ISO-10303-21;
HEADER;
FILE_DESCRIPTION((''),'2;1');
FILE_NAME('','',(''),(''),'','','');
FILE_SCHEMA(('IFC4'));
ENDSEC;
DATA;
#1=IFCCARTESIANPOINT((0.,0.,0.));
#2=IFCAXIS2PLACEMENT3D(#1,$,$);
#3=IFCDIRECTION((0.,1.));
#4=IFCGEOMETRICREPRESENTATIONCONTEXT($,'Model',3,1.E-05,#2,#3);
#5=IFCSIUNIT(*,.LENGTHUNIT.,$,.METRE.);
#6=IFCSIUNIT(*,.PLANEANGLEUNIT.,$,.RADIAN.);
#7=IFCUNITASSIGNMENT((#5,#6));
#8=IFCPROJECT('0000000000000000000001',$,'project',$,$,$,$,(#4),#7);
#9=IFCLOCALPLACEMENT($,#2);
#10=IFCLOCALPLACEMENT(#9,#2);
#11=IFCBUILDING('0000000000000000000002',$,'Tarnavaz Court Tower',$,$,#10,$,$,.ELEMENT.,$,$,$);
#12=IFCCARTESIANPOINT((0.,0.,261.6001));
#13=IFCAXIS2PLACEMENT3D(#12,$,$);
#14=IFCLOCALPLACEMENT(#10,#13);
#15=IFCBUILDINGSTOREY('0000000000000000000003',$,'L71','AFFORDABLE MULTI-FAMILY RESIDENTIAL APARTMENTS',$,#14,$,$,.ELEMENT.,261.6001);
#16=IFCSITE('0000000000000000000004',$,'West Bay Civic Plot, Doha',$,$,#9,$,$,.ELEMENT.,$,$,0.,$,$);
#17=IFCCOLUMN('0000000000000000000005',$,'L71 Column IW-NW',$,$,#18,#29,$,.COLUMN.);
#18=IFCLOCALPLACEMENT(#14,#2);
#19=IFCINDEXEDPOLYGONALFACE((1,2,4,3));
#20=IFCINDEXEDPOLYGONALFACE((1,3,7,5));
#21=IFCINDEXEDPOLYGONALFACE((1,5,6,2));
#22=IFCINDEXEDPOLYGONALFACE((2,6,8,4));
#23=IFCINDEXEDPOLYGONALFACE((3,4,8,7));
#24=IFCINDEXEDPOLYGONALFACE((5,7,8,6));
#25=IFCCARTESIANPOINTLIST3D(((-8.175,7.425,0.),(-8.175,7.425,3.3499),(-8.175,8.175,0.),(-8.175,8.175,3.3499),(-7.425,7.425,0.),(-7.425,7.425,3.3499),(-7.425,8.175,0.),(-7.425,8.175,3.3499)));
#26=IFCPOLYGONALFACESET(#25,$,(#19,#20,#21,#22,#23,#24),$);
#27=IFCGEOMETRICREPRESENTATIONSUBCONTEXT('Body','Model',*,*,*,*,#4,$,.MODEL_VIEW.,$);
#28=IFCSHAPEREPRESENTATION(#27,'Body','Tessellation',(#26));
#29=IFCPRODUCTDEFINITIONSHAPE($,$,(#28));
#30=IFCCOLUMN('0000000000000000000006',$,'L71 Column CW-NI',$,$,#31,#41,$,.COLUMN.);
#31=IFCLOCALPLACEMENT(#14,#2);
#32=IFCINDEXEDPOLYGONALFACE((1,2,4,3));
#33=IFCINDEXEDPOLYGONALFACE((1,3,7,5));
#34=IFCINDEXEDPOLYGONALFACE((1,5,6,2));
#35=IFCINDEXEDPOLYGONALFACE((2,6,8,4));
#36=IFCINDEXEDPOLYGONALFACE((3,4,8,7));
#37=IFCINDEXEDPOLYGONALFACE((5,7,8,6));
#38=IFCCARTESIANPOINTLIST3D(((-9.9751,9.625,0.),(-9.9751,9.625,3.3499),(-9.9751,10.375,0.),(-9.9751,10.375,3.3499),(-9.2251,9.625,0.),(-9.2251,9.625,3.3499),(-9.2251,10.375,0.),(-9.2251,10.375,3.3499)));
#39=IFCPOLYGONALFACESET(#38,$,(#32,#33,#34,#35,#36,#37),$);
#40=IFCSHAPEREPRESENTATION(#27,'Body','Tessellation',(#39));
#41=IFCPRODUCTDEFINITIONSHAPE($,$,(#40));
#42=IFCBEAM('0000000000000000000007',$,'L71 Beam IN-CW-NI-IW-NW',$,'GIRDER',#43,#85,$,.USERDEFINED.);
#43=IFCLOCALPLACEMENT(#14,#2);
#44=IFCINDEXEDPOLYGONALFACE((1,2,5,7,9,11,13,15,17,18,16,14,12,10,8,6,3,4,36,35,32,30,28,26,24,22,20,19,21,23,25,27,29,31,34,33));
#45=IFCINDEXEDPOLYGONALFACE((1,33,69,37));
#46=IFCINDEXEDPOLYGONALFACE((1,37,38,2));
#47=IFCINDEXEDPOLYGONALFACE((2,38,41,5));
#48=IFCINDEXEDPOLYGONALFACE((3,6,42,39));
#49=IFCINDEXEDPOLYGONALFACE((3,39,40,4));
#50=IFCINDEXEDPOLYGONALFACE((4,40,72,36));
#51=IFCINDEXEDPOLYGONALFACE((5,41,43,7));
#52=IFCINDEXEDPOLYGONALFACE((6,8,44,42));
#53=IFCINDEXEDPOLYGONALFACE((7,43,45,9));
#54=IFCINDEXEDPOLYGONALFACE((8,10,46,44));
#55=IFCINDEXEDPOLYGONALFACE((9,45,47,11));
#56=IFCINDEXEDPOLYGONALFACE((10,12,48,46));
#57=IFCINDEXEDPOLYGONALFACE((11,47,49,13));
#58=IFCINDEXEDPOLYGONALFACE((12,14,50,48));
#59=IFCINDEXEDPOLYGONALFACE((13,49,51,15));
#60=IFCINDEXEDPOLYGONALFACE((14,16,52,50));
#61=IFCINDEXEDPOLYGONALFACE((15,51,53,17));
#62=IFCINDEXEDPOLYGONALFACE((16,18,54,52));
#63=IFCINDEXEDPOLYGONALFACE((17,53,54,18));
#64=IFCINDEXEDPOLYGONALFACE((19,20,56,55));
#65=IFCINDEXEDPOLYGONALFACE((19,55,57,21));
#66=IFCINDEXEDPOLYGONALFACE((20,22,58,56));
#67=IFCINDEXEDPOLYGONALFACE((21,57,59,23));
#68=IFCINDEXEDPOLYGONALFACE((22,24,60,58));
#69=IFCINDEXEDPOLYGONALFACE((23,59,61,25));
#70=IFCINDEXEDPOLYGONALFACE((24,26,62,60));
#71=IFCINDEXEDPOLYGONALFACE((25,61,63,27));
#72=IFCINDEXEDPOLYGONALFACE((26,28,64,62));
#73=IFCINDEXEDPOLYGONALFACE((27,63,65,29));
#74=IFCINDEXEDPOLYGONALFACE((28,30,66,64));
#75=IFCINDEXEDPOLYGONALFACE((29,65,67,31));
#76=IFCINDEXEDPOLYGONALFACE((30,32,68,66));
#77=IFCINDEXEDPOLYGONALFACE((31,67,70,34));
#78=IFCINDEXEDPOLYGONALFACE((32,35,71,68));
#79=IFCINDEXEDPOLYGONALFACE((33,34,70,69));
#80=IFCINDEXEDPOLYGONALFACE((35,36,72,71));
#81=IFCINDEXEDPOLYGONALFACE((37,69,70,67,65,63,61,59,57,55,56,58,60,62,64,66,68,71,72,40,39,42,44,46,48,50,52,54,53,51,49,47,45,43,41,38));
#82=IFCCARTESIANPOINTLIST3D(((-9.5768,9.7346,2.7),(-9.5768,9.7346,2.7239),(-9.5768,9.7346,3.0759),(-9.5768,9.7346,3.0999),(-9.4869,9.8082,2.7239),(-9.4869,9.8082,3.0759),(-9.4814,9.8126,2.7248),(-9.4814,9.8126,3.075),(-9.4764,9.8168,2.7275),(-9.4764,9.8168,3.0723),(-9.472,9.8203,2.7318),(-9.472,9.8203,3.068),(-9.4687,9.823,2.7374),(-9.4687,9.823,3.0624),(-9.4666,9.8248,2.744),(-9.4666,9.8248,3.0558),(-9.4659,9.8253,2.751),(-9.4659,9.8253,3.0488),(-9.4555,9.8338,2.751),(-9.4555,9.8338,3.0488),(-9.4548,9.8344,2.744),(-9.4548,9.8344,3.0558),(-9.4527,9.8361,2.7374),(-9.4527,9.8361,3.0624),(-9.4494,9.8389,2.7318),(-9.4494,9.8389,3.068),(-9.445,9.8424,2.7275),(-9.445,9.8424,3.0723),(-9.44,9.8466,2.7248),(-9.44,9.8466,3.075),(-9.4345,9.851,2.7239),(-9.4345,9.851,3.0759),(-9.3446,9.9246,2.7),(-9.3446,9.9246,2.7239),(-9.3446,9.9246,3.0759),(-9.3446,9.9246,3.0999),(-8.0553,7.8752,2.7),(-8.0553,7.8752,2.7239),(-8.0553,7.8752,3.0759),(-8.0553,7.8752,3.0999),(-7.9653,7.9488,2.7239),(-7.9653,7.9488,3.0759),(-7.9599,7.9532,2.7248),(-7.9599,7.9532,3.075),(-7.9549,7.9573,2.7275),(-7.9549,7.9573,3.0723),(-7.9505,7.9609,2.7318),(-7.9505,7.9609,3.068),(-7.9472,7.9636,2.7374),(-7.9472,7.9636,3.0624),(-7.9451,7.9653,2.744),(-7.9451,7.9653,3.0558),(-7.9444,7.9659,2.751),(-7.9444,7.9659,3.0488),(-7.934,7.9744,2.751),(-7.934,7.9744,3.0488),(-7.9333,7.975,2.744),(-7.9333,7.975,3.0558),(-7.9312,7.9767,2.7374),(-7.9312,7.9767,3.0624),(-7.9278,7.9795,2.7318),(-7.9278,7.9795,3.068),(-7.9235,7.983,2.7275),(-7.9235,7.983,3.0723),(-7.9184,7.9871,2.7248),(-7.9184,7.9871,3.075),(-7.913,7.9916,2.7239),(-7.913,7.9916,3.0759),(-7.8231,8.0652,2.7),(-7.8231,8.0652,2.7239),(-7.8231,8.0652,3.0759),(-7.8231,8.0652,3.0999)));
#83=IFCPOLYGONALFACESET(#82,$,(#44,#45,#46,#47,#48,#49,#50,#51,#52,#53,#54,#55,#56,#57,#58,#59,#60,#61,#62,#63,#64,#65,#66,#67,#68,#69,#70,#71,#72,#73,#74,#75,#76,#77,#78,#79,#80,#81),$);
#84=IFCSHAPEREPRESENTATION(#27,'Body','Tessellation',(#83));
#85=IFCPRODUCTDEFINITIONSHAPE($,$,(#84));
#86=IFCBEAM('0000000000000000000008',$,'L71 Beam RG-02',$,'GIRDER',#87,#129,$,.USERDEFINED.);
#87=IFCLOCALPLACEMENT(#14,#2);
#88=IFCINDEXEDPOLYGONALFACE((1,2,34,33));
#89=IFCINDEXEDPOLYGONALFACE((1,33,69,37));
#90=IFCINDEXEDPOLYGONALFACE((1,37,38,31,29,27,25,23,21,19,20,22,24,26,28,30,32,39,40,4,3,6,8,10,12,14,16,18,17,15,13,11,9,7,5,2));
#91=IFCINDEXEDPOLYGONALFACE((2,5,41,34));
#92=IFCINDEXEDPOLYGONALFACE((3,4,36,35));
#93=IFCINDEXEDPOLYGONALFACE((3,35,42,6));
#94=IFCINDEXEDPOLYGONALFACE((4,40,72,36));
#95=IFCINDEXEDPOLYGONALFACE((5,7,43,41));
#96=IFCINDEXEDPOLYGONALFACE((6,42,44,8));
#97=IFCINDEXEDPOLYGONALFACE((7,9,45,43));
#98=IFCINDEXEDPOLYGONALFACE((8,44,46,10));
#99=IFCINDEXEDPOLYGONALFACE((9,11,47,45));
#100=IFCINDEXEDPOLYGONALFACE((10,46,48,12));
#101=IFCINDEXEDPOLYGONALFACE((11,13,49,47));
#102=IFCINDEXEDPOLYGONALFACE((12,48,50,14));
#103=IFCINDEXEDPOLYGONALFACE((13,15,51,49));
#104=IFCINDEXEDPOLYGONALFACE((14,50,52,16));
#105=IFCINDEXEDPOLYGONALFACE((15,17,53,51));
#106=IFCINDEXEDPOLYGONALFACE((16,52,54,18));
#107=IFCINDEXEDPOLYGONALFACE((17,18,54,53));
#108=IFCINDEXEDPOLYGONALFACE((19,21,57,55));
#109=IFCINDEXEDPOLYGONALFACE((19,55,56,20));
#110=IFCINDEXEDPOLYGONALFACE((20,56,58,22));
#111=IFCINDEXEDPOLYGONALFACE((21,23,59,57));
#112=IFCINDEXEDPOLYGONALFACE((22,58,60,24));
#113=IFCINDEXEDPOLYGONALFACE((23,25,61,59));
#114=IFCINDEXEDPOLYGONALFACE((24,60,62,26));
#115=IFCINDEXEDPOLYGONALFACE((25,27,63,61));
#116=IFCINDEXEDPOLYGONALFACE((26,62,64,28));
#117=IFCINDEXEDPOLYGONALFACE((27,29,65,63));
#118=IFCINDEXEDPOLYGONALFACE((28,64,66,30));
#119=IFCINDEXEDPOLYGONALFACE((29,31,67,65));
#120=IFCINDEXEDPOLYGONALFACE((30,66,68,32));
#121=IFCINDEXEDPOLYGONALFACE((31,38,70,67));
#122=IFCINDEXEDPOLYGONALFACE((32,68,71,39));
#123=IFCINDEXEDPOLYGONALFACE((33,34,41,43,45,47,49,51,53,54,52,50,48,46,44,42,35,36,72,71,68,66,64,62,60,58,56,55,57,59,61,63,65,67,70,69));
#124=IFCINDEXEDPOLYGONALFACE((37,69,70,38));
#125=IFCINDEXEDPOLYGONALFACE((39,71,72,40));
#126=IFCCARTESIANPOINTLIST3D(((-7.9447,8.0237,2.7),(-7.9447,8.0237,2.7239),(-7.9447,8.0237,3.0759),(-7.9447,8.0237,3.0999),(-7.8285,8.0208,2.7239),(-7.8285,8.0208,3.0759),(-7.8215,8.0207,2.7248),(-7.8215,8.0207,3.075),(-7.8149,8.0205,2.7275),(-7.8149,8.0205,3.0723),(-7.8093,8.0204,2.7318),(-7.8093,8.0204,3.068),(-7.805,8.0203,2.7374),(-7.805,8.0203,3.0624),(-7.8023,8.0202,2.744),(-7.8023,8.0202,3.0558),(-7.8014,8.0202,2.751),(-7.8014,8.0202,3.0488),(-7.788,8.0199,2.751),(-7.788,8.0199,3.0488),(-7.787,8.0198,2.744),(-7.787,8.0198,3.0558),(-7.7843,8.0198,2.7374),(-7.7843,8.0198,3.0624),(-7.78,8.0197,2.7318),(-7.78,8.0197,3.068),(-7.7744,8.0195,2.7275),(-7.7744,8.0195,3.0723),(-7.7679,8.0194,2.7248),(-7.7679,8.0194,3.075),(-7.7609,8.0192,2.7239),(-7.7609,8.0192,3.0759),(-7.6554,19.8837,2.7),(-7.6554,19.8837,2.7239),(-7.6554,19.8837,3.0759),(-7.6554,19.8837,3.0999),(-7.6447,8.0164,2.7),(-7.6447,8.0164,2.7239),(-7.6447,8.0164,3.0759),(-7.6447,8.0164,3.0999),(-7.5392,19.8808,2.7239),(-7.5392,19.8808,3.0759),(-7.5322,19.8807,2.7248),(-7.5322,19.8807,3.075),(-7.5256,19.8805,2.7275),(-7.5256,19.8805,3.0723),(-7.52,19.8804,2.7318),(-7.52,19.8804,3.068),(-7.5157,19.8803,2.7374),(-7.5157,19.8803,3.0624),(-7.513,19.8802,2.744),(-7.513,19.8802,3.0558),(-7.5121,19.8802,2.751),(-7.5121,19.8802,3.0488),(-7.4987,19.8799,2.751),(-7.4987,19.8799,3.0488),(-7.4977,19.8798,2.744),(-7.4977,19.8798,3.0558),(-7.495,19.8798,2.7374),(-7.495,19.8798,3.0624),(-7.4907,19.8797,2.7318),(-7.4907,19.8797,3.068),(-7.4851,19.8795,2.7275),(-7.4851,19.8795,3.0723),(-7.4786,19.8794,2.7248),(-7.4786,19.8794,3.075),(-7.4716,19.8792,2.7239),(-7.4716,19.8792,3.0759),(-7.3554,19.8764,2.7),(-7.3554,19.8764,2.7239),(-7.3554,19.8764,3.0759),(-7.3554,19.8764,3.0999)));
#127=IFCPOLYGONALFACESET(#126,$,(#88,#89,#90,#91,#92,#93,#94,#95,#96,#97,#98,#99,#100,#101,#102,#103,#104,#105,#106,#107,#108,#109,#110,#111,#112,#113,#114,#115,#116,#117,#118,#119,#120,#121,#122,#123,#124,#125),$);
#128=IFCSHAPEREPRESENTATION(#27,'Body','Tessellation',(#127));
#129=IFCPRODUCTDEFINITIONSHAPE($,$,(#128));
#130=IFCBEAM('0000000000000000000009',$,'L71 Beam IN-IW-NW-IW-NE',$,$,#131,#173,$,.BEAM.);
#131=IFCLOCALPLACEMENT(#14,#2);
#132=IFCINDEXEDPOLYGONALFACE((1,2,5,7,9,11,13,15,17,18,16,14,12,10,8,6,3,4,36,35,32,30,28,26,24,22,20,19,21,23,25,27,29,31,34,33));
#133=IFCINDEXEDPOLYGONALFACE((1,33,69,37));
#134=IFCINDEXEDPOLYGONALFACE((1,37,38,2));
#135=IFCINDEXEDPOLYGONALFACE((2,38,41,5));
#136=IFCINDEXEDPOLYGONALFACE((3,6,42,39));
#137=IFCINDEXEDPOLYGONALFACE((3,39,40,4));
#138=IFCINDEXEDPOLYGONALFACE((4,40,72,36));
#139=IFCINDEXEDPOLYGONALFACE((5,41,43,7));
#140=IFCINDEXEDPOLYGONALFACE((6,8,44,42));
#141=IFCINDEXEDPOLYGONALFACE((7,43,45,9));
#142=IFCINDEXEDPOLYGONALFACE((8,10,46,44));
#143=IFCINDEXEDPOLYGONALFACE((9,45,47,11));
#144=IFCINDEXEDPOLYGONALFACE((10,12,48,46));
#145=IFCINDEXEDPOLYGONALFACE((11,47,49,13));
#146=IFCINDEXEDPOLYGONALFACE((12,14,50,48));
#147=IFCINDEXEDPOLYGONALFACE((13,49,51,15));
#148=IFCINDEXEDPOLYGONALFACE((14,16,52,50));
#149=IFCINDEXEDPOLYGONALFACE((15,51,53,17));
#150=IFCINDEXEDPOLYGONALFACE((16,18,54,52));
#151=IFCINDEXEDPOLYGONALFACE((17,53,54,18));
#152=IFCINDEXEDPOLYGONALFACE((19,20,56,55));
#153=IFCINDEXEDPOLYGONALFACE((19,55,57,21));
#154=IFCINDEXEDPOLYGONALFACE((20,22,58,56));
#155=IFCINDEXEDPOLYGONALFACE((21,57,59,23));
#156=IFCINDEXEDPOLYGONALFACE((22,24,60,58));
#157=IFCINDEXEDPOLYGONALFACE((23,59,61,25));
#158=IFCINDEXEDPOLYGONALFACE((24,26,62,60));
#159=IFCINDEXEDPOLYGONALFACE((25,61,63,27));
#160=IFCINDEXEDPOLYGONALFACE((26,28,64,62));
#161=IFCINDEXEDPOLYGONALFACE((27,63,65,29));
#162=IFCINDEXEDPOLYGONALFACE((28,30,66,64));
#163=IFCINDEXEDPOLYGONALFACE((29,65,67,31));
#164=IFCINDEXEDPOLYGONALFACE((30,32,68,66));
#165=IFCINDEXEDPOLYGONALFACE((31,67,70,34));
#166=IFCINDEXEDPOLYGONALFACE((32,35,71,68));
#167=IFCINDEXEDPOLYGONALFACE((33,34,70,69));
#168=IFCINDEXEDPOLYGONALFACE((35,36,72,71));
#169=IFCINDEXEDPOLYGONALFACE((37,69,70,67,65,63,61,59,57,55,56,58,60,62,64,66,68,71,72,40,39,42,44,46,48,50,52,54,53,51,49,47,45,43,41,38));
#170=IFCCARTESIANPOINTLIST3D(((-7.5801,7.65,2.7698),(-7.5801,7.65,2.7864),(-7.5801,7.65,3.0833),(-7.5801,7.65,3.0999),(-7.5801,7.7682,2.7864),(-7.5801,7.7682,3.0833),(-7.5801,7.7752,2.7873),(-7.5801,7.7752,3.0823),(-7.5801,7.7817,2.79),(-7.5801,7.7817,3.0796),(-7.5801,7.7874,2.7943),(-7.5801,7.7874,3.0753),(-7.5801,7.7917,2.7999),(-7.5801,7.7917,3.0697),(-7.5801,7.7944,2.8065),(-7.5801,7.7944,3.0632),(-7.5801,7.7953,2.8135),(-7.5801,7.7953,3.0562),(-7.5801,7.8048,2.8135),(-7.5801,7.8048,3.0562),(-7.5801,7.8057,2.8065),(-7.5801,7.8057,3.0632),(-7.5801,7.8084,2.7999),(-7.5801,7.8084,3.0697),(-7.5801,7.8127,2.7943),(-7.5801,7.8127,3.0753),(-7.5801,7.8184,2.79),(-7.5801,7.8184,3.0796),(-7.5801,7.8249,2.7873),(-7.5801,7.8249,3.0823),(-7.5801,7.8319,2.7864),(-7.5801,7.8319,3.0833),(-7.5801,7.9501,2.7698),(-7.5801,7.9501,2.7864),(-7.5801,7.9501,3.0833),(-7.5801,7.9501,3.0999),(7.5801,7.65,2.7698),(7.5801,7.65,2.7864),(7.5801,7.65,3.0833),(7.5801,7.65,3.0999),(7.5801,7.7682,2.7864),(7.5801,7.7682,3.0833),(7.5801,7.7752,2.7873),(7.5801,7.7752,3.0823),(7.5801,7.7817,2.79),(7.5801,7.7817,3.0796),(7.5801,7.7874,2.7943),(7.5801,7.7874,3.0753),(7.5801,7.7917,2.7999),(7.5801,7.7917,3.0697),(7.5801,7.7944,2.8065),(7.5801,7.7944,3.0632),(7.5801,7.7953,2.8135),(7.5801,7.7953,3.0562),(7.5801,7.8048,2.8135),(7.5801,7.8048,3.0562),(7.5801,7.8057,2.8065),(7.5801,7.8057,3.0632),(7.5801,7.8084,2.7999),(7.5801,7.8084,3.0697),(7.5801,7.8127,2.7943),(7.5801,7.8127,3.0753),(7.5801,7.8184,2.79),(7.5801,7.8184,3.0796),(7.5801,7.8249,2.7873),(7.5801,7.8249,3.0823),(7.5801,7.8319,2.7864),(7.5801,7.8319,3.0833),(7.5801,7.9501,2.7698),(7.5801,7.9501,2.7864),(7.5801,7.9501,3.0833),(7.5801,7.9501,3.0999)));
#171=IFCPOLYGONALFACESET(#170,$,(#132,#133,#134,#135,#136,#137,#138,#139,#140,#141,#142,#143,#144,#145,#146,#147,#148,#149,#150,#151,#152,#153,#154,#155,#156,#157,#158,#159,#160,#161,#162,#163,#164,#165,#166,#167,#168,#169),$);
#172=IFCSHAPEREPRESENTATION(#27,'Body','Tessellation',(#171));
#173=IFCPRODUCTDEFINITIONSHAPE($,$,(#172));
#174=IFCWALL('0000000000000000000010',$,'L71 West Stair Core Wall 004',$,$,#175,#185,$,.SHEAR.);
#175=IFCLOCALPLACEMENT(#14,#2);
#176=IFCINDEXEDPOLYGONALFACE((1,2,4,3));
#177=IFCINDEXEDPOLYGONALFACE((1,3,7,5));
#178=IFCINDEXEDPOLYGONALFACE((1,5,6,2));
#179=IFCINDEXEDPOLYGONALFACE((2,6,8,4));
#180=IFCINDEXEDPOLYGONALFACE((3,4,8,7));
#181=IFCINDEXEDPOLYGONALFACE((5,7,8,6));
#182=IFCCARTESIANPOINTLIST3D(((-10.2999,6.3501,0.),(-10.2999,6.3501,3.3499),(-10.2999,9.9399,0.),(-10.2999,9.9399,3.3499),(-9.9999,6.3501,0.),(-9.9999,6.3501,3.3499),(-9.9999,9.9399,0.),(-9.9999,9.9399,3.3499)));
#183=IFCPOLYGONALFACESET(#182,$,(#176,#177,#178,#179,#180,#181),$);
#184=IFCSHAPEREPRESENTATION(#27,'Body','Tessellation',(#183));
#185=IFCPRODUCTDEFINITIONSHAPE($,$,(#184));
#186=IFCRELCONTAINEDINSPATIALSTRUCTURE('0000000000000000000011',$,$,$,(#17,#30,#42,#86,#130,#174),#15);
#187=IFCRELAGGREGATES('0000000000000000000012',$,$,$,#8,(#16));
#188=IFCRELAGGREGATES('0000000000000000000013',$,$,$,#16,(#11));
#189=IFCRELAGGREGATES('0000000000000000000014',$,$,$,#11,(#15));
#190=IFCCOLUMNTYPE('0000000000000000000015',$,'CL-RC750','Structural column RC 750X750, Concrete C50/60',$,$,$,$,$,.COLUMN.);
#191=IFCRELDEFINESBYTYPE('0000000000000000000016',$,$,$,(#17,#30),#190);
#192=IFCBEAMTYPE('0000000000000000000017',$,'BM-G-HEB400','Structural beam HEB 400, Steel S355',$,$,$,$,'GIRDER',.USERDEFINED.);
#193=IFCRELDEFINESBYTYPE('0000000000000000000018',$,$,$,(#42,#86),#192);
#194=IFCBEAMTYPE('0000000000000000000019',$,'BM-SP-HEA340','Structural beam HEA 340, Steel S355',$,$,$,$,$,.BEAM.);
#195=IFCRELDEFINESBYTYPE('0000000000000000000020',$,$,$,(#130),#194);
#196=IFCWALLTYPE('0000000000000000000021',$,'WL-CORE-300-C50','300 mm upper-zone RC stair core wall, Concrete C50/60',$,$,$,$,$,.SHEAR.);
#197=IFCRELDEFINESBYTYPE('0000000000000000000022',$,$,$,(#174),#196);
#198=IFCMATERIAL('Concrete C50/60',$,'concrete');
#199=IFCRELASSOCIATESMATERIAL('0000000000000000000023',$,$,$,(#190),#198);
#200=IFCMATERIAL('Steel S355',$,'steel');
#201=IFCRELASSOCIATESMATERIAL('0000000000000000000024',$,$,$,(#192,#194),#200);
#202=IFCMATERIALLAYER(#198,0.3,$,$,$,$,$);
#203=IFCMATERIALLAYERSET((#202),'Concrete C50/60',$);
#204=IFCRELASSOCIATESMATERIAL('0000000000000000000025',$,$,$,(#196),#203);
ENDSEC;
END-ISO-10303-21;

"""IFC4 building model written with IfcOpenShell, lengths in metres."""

from ifc_helpers import new_model, si_unit, direction, frame, frame_2d, origin, origin_2d, place, context, subcontext, project, spatial, rectangle, i_section, extrude, material, layer, layer_set, material_profile, profile_set, type_object, element, save


model = new_model("IFC4")

# Units and contexts
model_context = context("Model", 3, precision=1e-05, world=origin(), true_north=direction((0.0, 1.0)))
body_context = subcontext(model_context, "Body", "Model", "MODEL_VIEW")
ifc_project = project(units=[si_unit("LENGTHUNIT", "METRE"), si_unit("PLANEANGLEUNIT", "RADIAN")], contexts=[model_context])

# Site, building, storey
site_placement = place(None, origin())
site = spatial("IfcSite", under=ifc_project, at=site_placement, Name="West Bay Civic Plot, Doha", CompositionType="ELEMENT", RefElevation=0.0)
building_placement = place(site_placement, origin())
building = spatial("IfcBuilding", under=site, at=building_placement, Name="Tarnavaz Court Tower", CompositionType="ELEMENT")
storey_placement = place(building_placement, frame((0.0, 0.0, 261.6001)))
storey = spatial("IfcBuildingStorey", under=building, at=storey_placement, Name="L71", Description="AFFORDABLE MULTI-FAMILY RESIDENTIAL APARTMENTS", CompositionType="ELEMENT", Elevation=261.6001)

# Columns
ifc_material_1 = material(Name="Concrete C50/60", Category="concrete")
ifc_material_profile_1 = material_profile(ifc_material_1, rectangle(XDim=0.75, YDim=0.75, at=origin_2d()), Name="RC 750X750")
ifc_profile_set_1 = profile_set([ifc_material_profile_1], Name="Concrete C50/60")
column_type = type_object("IfcColumnType", Name="CL-RC750", Description="Structural column RC 750X750, Concrete C50/60", PredefinedType="COLUMN", material=ifc_profile_set_1)
for number, where, z_axis, x_axis, name in (
    (1, (-7.8, 7.8, 0.0), (0.0, 0.0, 1.0), (1.0, 0.0, 0.0), "L71 Column IW-NW"),
    (2, (-9.6001, 10.0, 0.0), (0.0, 0.0, 1.0), (1.0, 0.0, 0.0), "L71 Column CW-NI"),
):
    element("IfcColumn", number, at=place(storey_placement, frame(where, z_axis=z_axis, x_axis=x_axis)), inside=storey, type_object=column_type, Name=name, PredefinedType="COLUMN", context=body_context, shape_type="SweptSolid", body=[
        extrude(rectangle(XDim=0.75, YDim=0.75, at=origin_2d()), origin(), (0.0, 0.0, 1.0), 3.3499),
    ])

# Beams
ifc_material_2 = material(Name="Steel S355", Category="steel")
ifc_material_profile_2 = material_profile(ifc_material_2, i_section(OverallWidth=0.3, OverallDepth=0.3999, WebThickness=0.0134, FlangeThickness=0.0239, FilletRadius=0.0271, at=origin_2d()), Name="HEB 400")
ifc_profile_set_2 = profile_set([ifc_material_profile_2], Name="Steel S355")
beam_type_1 = type_object("IfcBeamType", Name="BM-G-HEB400", Description="Structural beam HEB 400, Steel S355", ElementType="GIRDER", PredefinedType="USERDEFINED", material=ifc_profile_set_2)
beam_1_placement = place(storey_placement, frame((-9.4607, 9.8296, 2.8999), z_axis=(0.633282, -0.773921, 0.0), x_axis=(0.773921, 0.633282, 0.0)))
element("IfcBeam", 3, at=beam_1_placement, inside=storey, type_object=beam_type_1, Name="L71 Beam IN-CW-NI-IW-NW", ObjectType="GIRDER", PredefinedType="USERDEFINED", context=body_context, shape_type="SweptSolid", body=[
    extrude(i_section(OverallWidth=0.3, OverallDepth=0.3999, WebThickness=0.0134, FlangeThickness=0.0239, FilletRadius=0.0271, at=origin_2d()), origin(), (0.0, 0.0, 1.0), 2.4026),
])
beam_2_placement = place(storey_placement, frame((-7.7947, 8.02, 2.8999), z_axis=(0.024386, 0.999703, 0.0), x_axis=(-0.999703, 0.024386, 0.0)))
element("IfcBeam", 4, at=beam_2_placement, inside=storey, type_object=beam_type_1, Name="L71 Beam RG-02", ObjectType="GIRDER", PredefinedType="USERDEFINED", context=body_context, shape_type="SweptSolid", body=[
    extrude(i_section(OverallWidth=0.3, OverallDepth=0.3999, WebThickness=0.0134, FlangeThickness=0.0239, FilletRadius=0.0271, at=origin_2d()), origin(), (0.0, 0.0, 1.0), 11.8635),
])
ifc_material_profile_3 = material_profile(ifc_material_2, i_section(OverallWidth=0.3, OverallDepth=0.3301, WebThickness=0.0095, FlangeThickness=0.0166, FilletRadius=0.0271, at=origin_2d()), Name="HEA 340")
ifc_profile_set_3 = profile_set([ifc_material_profile_3], Name="Steel S355")
beam_type_2 = type_object("IfcBeamType", Name="BM-SP-HEA340", Description="Structural beam HEA 340, Steel S355", PredefinedType="BEAM", material=ifc_profile_set_3)
beam_3_placement = place(storey_placement, frame((-7.5801, 7.8, 2.9348), z_axis=(1.0, 0.0, 0.0), x_axis=(0.0, 1.0, 0.0)))
element("IfcBeam", 5, at=beam_3_placement, inside=storey, type_object=beam_type_2, Name="L71 Beam IN-IW-NW-IW-NE", PredefinedType="BEAM", context=body_context, shape_type="SweptSolid", body=[
    extrude(i_section(OverallWidth=0.3, OverallDepth=0.3301, WebThickness=0.0095, FlangeThickness=0.0166, FilletRadius=0.0271, at=origin_2d()), origin(), (0.0, 0.0, 1.0), 15.1602),
])

# Wall
ifc_layer_1 = layer(ifc_material_1, 0.3)
ifc_layer_set_1 = layer_set([ifc_layer_1], Name="Concrete C50/60")
wall_type_1 = type_object("IfcWallType", Name="WL-CORE-300-C50", Description="300 mm upper-zone RC stair core wall, Concrete C50/60", PredefinedType="SHEAR", material=ifc_layer_set_1)
wall_1_placement = place(storey_placement, frame((-10.1499, 6.3501, 0.0), z_axis=(0.0, 0.0, 1.0), x_axis=(0.0, 1.0, 0.0)))
element("IfcWall", 6, at=wall_1_placement, inside=storey, type_object=wall_type_1, Name="L71 West Stair Core Wall 004", PredefinedType="SHEAR", context=body_context, shape_type="SweptSolid", body=[
    extrude(rectangle(XDim=3.5898, YDim=0.3, at=frame_2d((1.7949, 0.0))), origin(), (0.0, 0.0, 1.0), 3.3499),
])

save(model, "model.ifc")
